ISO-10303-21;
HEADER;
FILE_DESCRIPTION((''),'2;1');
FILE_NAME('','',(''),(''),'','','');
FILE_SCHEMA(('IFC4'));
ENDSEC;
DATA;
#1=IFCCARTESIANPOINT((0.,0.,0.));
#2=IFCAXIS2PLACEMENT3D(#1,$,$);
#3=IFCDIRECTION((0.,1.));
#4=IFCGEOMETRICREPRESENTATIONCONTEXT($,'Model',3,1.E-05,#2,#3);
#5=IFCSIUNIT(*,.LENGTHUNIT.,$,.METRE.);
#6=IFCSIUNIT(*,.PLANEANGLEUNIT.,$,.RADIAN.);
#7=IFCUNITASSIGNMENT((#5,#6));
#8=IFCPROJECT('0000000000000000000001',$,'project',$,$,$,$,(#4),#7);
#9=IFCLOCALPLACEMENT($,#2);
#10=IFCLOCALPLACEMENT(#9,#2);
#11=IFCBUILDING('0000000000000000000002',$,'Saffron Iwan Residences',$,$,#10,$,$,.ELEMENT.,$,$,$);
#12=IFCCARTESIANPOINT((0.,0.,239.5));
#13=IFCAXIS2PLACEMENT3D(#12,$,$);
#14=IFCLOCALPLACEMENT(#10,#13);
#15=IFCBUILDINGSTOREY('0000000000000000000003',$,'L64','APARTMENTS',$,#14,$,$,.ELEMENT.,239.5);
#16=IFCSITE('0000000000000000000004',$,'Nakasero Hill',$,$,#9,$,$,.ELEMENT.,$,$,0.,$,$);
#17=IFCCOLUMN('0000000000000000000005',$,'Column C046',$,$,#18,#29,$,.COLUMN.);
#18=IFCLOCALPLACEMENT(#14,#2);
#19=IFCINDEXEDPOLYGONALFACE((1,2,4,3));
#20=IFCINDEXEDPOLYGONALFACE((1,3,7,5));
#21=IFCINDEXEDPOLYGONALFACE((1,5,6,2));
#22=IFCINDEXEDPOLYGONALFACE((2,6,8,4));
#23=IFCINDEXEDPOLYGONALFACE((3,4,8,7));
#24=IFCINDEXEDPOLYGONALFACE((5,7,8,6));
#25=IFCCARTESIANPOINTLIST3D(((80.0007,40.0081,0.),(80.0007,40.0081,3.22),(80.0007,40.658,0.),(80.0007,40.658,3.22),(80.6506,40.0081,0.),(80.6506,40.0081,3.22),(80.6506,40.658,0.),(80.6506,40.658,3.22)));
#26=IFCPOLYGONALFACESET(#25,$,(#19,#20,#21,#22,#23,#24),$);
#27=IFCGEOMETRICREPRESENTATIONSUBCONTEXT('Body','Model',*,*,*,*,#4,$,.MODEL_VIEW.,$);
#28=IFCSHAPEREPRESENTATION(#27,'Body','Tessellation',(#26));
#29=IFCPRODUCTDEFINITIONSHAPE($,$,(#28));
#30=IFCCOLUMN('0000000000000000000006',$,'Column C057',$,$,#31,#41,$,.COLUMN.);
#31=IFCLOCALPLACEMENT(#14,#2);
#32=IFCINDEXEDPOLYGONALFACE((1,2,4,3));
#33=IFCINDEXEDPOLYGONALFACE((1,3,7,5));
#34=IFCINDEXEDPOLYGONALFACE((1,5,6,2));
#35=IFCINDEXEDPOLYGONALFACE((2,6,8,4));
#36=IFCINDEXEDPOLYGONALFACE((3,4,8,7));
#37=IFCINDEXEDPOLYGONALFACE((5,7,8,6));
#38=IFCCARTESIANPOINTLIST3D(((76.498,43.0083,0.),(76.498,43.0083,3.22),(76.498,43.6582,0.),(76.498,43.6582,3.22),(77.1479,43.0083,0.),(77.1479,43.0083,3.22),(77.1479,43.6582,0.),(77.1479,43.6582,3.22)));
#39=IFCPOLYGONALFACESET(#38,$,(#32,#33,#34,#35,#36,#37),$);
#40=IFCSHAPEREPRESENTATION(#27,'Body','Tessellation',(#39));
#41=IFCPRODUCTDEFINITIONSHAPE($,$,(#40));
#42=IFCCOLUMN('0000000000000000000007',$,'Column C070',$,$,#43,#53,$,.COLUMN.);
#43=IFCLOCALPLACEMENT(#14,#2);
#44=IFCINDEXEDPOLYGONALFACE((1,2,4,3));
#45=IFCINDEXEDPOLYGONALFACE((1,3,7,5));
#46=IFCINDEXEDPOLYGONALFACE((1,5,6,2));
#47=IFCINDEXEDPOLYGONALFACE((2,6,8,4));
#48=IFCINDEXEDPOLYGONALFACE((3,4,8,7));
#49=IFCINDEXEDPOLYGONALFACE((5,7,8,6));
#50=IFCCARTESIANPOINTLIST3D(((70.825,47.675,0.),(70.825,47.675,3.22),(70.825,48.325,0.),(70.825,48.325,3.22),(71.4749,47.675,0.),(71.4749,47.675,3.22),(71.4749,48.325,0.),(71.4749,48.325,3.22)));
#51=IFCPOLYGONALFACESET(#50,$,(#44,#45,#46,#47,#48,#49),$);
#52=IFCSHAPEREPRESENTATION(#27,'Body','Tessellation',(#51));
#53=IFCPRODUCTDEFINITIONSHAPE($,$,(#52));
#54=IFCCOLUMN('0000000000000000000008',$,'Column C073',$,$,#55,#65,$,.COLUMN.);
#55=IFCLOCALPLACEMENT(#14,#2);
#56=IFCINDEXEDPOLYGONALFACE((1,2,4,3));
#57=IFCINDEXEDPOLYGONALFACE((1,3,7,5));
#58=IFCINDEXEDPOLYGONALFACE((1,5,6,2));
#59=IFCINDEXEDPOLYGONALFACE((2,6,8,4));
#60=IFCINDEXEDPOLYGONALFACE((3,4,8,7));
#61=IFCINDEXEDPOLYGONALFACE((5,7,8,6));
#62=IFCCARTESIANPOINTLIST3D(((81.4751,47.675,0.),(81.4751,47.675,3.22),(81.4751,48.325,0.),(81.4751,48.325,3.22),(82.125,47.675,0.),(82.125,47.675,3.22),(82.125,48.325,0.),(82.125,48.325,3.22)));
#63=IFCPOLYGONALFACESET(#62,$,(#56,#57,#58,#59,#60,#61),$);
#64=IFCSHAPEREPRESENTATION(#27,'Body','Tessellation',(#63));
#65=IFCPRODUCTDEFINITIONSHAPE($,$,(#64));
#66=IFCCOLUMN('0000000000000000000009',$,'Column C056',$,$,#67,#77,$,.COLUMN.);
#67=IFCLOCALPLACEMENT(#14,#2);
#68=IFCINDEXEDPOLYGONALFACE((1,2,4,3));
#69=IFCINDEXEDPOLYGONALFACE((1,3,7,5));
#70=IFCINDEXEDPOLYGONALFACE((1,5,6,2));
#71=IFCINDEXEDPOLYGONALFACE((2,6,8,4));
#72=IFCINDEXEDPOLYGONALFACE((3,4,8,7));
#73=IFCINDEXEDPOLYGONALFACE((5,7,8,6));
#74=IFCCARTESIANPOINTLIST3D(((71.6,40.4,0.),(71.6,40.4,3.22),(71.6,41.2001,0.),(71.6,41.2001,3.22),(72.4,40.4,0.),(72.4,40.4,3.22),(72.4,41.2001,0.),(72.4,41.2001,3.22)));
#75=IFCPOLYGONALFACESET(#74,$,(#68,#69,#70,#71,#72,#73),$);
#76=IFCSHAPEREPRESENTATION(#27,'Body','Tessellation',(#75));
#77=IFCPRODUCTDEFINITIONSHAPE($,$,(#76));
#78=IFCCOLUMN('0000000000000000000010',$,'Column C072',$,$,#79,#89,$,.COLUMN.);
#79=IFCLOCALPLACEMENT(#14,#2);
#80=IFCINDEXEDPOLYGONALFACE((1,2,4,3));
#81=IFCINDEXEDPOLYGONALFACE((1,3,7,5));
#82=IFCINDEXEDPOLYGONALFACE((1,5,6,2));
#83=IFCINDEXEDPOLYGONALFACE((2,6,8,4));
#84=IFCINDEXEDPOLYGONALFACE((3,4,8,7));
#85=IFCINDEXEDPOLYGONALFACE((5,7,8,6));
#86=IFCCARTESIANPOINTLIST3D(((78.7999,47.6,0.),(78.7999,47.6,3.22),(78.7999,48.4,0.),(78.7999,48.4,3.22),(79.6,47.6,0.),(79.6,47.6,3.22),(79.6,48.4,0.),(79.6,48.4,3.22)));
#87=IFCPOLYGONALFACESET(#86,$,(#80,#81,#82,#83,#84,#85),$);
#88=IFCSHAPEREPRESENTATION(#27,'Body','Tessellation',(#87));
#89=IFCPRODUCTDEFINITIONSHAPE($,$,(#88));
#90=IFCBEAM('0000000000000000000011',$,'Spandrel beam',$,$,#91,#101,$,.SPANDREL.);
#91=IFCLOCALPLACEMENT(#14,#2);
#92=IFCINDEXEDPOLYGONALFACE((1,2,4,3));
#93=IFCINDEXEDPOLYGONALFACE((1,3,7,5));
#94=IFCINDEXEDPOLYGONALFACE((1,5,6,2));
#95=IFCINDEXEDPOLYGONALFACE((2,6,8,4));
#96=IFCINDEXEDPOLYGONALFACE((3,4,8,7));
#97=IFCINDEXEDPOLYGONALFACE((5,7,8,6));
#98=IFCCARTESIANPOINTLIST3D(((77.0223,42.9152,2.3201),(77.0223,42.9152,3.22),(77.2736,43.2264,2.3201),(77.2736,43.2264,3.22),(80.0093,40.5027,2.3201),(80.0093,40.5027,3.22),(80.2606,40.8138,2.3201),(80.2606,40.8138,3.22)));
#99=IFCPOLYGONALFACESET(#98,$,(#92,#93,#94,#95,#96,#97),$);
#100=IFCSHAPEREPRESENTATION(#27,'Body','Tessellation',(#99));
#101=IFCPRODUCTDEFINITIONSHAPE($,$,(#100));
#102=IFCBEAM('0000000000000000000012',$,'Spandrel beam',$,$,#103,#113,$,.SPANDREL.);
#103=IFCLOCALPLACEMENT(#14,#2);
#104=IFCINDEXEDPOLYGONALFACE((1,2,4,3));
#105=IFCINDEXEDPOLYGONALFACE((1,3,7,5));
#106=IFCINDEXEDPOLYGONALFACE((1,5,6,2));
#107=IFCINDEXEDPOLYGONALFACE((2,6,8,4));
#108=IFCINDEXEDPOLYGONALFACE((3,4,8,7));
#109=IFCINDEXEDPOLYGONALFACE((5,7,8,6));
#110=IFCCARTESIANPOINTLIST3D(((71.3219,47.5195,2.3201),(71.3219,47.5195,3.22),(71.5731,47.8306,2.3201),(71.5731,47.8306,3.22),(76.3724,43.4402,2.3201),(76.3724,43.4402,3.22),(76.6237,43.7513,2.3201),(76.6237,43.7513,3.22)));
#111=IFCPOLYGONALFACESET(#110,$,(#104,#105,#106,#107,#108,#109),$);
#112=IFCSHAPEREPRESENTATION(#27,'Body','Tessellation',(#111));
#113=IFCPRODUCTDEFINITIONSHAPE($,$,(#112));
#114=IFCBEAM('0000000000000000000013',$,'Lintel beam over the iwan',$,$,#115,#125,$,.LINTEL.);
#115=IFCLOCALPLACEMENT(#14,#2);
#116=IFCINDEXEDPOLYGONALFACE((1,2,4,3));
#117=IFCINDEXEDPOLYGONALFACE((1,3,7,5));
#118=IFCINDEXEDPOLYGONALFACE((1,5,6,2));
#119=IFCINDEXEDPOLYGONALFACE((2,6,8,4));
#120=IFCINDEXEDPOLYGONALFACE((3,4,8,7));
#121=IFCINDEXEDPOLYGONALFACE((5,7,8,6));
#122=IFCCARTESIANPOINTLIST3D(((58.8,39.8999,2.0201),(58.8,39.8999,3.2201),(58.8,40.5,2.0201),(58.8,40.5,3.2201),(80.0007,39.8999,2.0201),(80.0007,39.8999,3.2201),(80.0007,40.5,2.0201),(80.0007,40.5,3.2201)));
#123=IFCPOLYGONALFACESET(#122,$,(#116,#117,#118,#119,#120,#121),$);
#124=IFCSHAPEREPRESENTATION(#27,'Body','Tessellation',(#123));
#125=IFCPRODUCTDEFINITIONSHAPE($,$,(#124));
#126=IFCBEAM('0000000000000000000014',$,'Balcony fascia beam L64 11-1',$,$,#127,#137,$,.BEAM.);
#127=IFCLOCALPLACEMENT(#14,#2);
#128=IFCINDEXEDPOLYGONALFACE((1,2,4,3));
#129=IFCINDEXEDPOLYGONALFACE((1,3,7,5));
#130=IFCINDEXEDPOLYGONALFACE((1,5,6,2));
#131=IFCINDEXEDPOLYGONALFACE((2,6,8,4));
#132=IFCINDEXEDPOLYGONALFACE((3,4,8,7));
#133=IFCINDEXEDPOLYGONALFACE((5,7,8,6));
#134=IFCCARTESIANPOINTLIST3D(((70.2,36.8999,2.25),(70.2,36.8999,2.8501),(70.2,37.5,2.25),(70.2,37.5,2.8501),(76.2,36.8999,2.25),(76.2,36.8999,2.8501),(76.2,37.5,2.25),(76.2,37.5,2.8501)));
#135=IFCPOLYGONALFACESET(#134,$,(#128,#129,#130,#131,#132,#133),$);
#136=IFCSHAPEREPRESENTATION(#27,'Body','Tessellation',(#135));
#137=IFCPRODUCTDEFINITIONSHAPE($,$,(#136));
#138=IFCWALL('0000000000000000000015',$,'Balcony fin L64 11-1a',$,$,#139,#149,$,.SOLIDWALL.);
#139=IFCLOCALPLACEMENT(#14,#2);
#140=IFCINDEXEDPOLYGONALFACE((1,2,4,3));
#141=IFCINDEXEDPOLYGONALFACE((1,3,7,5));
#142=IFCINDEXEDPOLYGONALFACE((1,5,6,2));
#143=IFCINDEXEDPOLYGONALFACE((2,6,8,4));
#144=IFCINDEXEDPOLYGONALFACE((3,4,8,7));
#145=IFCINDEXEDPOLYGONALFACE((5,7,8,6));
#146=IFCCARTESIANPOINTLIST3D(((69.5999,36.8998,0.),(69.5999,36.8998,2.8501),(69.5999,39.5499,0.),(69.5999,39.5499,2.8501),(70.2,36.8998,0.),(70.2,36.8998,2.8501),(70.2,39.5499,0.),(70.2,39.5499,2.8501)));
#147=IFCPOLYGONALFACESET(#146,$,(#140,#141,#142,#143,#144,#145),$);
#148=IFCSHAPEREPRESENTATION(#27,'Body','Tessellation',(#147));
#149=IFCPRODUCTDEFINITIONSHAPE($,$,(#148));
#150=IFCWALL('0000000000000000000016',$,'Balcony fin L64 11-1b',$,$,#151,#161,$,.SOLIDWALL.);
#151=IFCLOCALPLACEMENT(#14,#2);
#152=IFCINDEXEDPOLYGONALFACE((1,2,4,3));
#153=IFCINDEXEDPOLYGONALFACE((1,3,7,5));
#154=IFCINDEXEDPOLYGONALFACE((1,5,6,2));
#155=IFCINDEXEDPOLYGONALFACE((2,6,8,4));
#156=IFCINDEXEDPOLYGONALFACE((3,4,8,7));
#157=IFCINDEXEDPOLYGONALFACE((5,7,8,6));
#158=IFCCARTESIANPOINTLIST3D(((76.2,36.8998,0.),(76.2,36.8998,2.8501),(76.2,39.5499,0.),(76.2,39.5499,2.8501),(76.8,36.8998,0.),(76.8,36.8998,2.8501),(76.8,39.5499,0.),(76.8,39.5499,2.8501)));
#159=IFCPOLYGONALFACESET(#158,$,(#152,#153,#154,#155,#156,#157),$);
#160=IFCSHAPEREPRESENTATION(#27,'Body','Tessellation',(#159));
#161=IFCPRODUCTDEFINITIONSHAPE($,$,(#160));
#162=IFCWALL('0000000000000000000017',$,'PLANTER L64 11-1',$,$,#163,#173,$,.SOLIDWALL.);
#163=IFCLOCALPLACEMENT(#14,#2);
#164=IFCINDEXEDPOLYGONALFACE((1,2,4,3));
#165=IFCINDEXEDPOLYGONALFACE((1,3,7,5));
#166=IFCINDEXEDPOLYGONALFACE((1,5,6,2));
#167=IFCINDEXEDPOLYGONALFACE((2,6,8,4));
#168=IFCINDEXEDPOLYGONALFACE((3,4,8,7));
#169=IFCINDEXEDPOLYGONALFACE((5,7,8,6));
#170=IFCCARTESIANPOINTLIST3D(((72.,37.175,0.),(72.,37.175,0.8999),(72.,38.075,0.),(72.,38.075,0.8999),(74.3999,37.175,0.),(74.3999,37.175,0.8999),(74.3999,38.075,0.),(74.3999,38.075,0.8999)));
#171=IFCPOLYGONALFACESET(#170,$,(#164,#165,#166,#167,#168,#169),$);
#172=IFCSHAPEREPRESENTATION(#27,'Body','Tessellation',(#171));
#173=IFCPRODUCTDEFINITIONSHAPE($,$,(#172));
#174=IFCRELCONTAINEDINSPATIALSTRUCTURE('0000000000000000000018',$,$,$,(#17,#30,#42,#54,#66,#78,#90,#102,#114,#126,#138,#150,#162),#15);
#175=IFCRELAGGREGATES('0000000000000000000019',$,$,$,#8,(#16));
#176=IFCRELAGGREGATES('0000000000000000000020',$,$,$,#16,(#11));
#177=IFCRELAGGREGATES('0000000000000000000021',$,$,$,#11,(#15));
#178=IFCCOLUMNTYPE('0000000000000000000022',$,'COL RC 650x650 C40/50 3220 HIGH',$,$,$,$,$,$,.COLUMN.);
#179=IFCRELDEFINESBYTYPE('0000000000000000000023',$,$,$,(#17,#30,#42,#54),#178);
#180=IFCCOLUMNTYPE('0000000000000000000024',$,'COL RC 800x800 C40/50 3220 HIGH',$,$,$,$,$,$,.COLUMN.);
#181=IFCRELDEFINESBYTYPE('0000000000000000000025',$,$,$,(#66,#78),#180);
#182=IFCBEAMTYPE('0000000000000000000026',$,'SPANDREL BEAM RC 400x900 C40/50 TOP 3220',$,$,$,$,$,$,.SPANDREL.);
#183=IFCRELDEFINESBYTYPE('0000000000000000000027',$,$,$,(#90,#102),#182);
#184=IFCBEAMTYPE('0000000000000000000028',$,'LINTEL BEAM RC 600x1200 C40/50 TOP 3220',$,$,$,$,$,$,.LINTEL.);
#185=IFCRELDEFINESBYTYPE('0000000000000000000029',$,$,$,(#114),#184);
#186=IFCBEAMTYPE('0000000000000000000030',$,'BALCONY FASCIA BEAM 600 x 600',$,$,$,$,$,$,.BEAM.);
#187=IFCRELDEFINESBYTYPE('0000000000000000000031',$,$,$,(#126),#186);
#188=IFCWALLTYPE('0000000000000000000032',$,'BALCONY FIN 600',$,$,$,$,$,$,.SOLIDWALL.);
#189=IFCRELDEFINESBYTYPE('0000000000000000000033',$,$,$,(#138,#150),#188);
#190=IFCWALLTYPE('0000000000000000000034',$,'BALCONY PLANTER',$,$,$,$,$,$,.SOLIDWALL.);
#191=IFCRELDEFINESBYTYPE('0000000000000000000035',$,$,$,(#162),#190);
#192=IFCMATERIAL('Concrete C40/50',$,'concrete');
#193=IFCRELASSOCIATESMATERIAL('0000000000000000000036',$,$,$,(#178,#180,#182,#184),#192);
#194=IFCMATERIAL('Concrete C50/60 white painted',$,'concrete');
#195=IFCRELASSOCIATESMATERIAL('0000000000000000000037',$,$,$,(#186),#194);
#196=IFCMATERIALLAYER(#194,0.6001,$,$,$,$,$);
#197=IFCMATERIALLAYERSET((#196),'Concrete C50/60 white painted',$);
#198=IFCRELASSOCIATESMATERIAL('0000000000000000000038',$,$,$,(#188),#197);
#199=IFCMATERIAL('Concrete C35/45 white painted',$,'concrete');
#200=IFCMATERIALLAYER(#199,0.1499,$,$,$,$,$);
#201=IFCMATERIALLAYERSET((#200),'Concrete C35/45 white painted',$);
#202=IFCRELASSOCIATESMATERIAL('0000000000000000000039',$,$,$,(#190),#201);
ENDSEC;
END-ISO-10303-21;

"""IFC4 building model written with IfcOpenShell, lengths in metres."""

from ifc_helpers import new_model, si_unit, direction, frame, frame_2d, origin, origin_2d, place, context, subcontext, project, spatial, rectangle, extrude, source, transform, mapped, material, layer, layer_set, material_profile, profile_set, type_object, element, save


model = new_model("IFC4")

# Units and contexts
model_context = context("Model", 3, precision=1e-05, world=origin(), true_north=direction((0.0, 1.0)))
body_context = subcontext(model_context, "Body", "Model", "MODEL_VIEW")
ifc_project = project(units=[si_unit("LENGTHUNIT", "METRE"), si_unit("PLANEANGLEUNIT", "RADIAN")], contexts=[model_context])

# Site, building, storey
site_placement = place(None, origin())
site = spatial("IfcSite", under=ifc_project, at=site_placement, Name="Nakasero Hill", CompositionType="ELEMENT", RefElevation=0.0)
building_placement = place(site_placement, origin())
building = spatial("IfcBuilding", under=site, at=building_placement, Name="Saffron Iwan Residences", CompositionType="ELEMENT")
storey_placement = place(building_placement, frame((0.0, 0.0, 239.5)))
storey = spatial("IfcBuildingStorey", under=building, at=storey_placement, Name="L64", Description="APARTMENTS", CompositionType="ELEMENT", Elevation=239.5)

# Columns
ifc_material_1 = material(Name="Concrete C40/50", Category="concrete")
ifc_material_profile_1 = material_profile(ifc_material_1, rectangle(XDim=0.6499, YDim=0.6499, at=origin_2d()), Name="RC 650x650")
ifc_profile_set_1 = profile_set([ifc_material_profile_1], Name="Concrete C40/50")
column_type_1 = type_object("IfcColumnType", Name="COL RC 650x650 C40/50 3220 HIGH", PredefinedType="COLUMN", material=ifc_profile_set_1)
shared_shape_1 = source(origin(), body_context, "Body", "SweptSolid", [
    extrude(rectangle(XDim=0.6499, YDim=0.6499, at=origin_2d()), origin(), (0.0, 0.0, 1.0), 3.22),
])
for number, where, z_axis, x_axis, name in (
    (1, (80.3257, 40.333, 0.0), (0.0, 0.0, 1.0), (1.0, 0.0, 0.0), "Column C046"),
    (2, (76.823, 43.3333, 0.0), (0.0, 0.0, 1.0), (1.0, 0.0, 0.0), "Column C057"),
    (3, (71.1499, 48.0, 0.0), (0.0, 0.0, 1.0), (1.0, 0.0, 0.0), "Column C070"),
    (4, (81.8, 48.0, 0.0), (0.0, 0.0, 1.0), (1.0, 0.0, 0.0), "Column C073"),
):
    element("IfcColumn", number, at=place(storey_placement, frame(where, z_axis=z_axis, x_axis=x_axis)), inside=storey, type_object=column_type_1, Name=name, PredefinedType="COLUMN", context=body_context, shape_type="MappedRepresentation", body=[
        mapped(shared_shape_1, transform((0.0, 0.0, 0.0))),
    ])
ifc_material_profile_2 = material_profile(ifc_material_1, rectangle(XDim=0.8, YDim=0.8, at=origin_2d()), Name="RC 800x800")
ifc_profile_set_2 = profile_set([ifc_material_profile_2], Name="Concrete C40/50")
column_type_2 = type_object("IfcColumnType", Name="COL RC 800x800 C40/50 3220 HIGH", PredefinedType="COLUMN", material=ifc_profile_set_2)
shared_shape_2 = source(origin(), body_context, "Body", "SweptSolid", [
    extrude(rectangle(XDim=0.8, YDim=0.8, at=origin_2d()), origin(), (0.0, 0.0, 1.0), 3.22),
])
for number, where, z_axis, x_axis, name in (
    (5, (72.0, 40.8, 0.0), (0.0, 0.0, 1.0), (1.0, 0.0, 0.0), "Column C056"),
    (6, (79.2, 48.0, 0.0), (0.0, 0.0, 1.0), (1.0, 0.0, 0.0), "Column C072"),
):
    element("IfcColumn", number, at=place(storey_placement, frame(where, z_axis=z_axis, x_axis=x_axis)), inside=storey, type_object=column_type_2, Name=name, PredefinedType="COLUMN", context=body_context, shape_type="MappedRepresentation", body=[
        mapped(shared_shape_2, transform((0.0, 0.0, 0.0))),
    ])

# Beams
ifc_material_profile_3 = material_profile(ifc_material_1, rectangle(XDim=0.3999, YDim=0.8999, at=origin_2d()), Name="RC 400x900")
ifc_profile_set_3 = profile_set([ifc_material_profile_3], Name="Concrete C40/50")
beam_type_1 = type_object("IfcBeamType", Name="SPANDREL BEAM RC 400x900 C40/50 TOP 3220", PredefinedType="SPANDREL", material=ifc_profile_set_3)
shared_shape_3 = source(origin(), body_context, "Body", "SweptSolid", [
    extrude(rectangle(XDim=0.3999, YDim=0.8999, at=origin_2d()), origin(), (0.0, 0.0, 1.0), 3.8396),
])
beam_1_placement = place(storey_placement, frame((77.1479, 43.0708, 2.77), z_axis=(0.777945, -0.628333, 0.0), x_axis=(0.628333, 0.777945, 0.0)))
element("IfcBeam", 7, at=beam_1_placement, inside=storey, type_object=beam_type_1, Name="Spandrel beam", PredefinedType="SPANDREL", context=body_context, shape_type="MappedRepresentation", body=[
    mapped(shared_shape_3, transform((0.0, 0.0, 0.0))),
])
shared_shape_4 = source(origin(), body_context, "Body", "SweptSolid", [
    extrude(rectangle(XDim=0.3999, YDim=0.8999, at=origin_2d()), origin(), (0.0, 0.0, 1.0), 6.4922),
])
beam_2_placement = place(storey_placement, frame((71.4475, 47.675, 2.77), z_axis=(0.777936, -0.628343, 0.0), x_axis=(0.628343, 0.777936, 0.0)))
element("IfcBeam", 8, at=beam_2_placement, inside=storey, type_object=beam_type_1, Name="Spandrel beam", PredefinedType="SPANDREL", context=body_context, shape_type="MappedRepresentation", body=[
    mapped(shared_shape_4, transform((0.0, 0.0, 0.0))),
])
ifc_material_profile_4 = material_profile(ifc_material_1, rectangle(XDim=0.6001, YDim=1.2, at=origin_2d()), Name="RC 600x1200")
ifc_profile_set_4 = profile_set([ifc_material_profile_4], Name="Concrete C40/50")
beam_type_2 = type_object("IfcBeamType", Name="LINTEL BEAM RC 600x1200 C40/50 TOP 3220", PredefinedType="LINTEL", material=ifc_profile_set_4)
shared_shape_5 = source(origin(), body_context, "Body", "SweptSolid", [
    extrude(rectangle(XDim=0.6001, YDim=1.2, at=origin_2d()), origin(), (0.0, 0.0, 1.0), 21.2007),
])
beam_3_placement = place(storey_placement, frame((80.0007, 40.2, 2.6201), z_axis=(-1.0, 0.0, 0.0), x_axis=(0.0, -1.0, 0.0)))
element("IfcBeam", 9, at=beam_3_placement, inside=storey, type_object=beam_type_2, Name="Lintel beam over the iwan", PredefinedType="LINTEL", context=body_context, shape_type="MappedRepresentation", body=[
    mapped(shared_shape_5, transform((0.0, 0.0, 0.0))),
])
ifc_material_2 = material(Name="Concrete C50/60 white painted", Category="concrete")
ifc_material_profile_5 = material_profile(ifc_material_2, rectangle(XDim=0.6001, YDim=0.6001, at=origin_2d()), Name="BALCONY FASCIA BEAM 600 x 600")
ifc_profile_set_5 = profile_set([ifc_material_profile_5], Name="Concrete C50/60 white painted")
beam_type_3 = type_object("IfcBeamType", Name="BALCONY FASCIA BEAM 600 x 600", PredefinedType="BEAM", material=ifc_profile_set_5)
shared_shape_6 = source(origin(), body_context, "Body", "SweptSolid", [
    extrude(rectangle(XDim=0.6001, YDim=0.6001, at=origin_2d()), origin(), (0.0, 0.0, 1.0), 6.0),
])
beam_4_placement = place(storey_placement, frame((70.2, 37.2, 2.55), z_axis=(1.0, 0.0, 0.0), x_axis=(0.0, 1.0, 0.0)))
element("IfcBeam", 10, at=beam_4_placement, inside=storey, type_object=beam_type_3, Name="Balcony fascia beam L64 11-1", PredefinedType="BEAM", context=body_context, shape_type="MappedRepresentation", body=[
    mapped(shared_shape_6, transform((0.0, 0.0, 0.0))),
])

# Walls
ifc_layer_1 = layer(ifc_material_2, 0.6001)
ifc_layer_set_1 = layer_set([ifc_layer_1], Name="Concrete C50/60 white painted")
wall_type_1 = type_object("IfcWallType", Name="BALCONY FIN 600", PredefinedType="SOLIDWALL", material=ifc_layer_set_1)
for number, where, z_axis, x_axis, name in (
    (11, (69.8999, 39.55, 0.0), (0.0, 0.0, 1.0), (0.0, -1.0, 0.0), "Balcony fin L64 11-1a"),
    (12, (76.5, 39.55, 0.0), (0.0, 0.0, 1.0), (0.0, -1.0, 0.0), "Balcony fin L64 11-1b"),
):
    element("IfcWall", number, at=place(storey_placement, frame(where, z_axis=z_axis, x_axis=x_axis)), inside=storey, type_object=wall_type_1, Name=name, PredefinedType="SOLIDWALL", context=body_context, shape_type="SweptSolid", body=[
        extrude(rectangle(XDim=2.6501, YDim=0.6001, at=frame_2d((1.3252, 0.0))), origin(), (0.0, 0.0, 1.0), 2.8501),
    ])
ifc_material_3 = material(Name="Concrete C35/45 white painted", Category="concrete")
ifc_layer_2 = layer(ifc_material_3, 0.1499)
ifc_layer_set_2 = layer_set([ifc_layer_2], Name="Concrete C35/45 white painted")
wall_type_2 = type_object("IfcWallType", Name="BALCONY PLANTER", PredefinedType="SOLIDWALL", material=ifc_layer_set_2)
wall_1_placement = place(storey_placement, frame((72.0, 37.625, 0.0), z_axis=(0.0, 0.0, 1.0), x_axis=(1.0, 0.0, 0.0)))
element("IfcWall", 13, at=wall_1_placement, inside=storey, type_object=wall_type_2, Name="PLANTER L64 11-1", PredefinedType="SOLIDWALL", context=body_context, shape_type="SweptSolid", body=[
    extrude(rectangle(XDim=2.3999, YDim=0.8999, at=frame_2d((1.2, 0.0))), origin(), (0.0, 0.0, 1.0), 0.8999),
])

save(model, "model.ifc")
